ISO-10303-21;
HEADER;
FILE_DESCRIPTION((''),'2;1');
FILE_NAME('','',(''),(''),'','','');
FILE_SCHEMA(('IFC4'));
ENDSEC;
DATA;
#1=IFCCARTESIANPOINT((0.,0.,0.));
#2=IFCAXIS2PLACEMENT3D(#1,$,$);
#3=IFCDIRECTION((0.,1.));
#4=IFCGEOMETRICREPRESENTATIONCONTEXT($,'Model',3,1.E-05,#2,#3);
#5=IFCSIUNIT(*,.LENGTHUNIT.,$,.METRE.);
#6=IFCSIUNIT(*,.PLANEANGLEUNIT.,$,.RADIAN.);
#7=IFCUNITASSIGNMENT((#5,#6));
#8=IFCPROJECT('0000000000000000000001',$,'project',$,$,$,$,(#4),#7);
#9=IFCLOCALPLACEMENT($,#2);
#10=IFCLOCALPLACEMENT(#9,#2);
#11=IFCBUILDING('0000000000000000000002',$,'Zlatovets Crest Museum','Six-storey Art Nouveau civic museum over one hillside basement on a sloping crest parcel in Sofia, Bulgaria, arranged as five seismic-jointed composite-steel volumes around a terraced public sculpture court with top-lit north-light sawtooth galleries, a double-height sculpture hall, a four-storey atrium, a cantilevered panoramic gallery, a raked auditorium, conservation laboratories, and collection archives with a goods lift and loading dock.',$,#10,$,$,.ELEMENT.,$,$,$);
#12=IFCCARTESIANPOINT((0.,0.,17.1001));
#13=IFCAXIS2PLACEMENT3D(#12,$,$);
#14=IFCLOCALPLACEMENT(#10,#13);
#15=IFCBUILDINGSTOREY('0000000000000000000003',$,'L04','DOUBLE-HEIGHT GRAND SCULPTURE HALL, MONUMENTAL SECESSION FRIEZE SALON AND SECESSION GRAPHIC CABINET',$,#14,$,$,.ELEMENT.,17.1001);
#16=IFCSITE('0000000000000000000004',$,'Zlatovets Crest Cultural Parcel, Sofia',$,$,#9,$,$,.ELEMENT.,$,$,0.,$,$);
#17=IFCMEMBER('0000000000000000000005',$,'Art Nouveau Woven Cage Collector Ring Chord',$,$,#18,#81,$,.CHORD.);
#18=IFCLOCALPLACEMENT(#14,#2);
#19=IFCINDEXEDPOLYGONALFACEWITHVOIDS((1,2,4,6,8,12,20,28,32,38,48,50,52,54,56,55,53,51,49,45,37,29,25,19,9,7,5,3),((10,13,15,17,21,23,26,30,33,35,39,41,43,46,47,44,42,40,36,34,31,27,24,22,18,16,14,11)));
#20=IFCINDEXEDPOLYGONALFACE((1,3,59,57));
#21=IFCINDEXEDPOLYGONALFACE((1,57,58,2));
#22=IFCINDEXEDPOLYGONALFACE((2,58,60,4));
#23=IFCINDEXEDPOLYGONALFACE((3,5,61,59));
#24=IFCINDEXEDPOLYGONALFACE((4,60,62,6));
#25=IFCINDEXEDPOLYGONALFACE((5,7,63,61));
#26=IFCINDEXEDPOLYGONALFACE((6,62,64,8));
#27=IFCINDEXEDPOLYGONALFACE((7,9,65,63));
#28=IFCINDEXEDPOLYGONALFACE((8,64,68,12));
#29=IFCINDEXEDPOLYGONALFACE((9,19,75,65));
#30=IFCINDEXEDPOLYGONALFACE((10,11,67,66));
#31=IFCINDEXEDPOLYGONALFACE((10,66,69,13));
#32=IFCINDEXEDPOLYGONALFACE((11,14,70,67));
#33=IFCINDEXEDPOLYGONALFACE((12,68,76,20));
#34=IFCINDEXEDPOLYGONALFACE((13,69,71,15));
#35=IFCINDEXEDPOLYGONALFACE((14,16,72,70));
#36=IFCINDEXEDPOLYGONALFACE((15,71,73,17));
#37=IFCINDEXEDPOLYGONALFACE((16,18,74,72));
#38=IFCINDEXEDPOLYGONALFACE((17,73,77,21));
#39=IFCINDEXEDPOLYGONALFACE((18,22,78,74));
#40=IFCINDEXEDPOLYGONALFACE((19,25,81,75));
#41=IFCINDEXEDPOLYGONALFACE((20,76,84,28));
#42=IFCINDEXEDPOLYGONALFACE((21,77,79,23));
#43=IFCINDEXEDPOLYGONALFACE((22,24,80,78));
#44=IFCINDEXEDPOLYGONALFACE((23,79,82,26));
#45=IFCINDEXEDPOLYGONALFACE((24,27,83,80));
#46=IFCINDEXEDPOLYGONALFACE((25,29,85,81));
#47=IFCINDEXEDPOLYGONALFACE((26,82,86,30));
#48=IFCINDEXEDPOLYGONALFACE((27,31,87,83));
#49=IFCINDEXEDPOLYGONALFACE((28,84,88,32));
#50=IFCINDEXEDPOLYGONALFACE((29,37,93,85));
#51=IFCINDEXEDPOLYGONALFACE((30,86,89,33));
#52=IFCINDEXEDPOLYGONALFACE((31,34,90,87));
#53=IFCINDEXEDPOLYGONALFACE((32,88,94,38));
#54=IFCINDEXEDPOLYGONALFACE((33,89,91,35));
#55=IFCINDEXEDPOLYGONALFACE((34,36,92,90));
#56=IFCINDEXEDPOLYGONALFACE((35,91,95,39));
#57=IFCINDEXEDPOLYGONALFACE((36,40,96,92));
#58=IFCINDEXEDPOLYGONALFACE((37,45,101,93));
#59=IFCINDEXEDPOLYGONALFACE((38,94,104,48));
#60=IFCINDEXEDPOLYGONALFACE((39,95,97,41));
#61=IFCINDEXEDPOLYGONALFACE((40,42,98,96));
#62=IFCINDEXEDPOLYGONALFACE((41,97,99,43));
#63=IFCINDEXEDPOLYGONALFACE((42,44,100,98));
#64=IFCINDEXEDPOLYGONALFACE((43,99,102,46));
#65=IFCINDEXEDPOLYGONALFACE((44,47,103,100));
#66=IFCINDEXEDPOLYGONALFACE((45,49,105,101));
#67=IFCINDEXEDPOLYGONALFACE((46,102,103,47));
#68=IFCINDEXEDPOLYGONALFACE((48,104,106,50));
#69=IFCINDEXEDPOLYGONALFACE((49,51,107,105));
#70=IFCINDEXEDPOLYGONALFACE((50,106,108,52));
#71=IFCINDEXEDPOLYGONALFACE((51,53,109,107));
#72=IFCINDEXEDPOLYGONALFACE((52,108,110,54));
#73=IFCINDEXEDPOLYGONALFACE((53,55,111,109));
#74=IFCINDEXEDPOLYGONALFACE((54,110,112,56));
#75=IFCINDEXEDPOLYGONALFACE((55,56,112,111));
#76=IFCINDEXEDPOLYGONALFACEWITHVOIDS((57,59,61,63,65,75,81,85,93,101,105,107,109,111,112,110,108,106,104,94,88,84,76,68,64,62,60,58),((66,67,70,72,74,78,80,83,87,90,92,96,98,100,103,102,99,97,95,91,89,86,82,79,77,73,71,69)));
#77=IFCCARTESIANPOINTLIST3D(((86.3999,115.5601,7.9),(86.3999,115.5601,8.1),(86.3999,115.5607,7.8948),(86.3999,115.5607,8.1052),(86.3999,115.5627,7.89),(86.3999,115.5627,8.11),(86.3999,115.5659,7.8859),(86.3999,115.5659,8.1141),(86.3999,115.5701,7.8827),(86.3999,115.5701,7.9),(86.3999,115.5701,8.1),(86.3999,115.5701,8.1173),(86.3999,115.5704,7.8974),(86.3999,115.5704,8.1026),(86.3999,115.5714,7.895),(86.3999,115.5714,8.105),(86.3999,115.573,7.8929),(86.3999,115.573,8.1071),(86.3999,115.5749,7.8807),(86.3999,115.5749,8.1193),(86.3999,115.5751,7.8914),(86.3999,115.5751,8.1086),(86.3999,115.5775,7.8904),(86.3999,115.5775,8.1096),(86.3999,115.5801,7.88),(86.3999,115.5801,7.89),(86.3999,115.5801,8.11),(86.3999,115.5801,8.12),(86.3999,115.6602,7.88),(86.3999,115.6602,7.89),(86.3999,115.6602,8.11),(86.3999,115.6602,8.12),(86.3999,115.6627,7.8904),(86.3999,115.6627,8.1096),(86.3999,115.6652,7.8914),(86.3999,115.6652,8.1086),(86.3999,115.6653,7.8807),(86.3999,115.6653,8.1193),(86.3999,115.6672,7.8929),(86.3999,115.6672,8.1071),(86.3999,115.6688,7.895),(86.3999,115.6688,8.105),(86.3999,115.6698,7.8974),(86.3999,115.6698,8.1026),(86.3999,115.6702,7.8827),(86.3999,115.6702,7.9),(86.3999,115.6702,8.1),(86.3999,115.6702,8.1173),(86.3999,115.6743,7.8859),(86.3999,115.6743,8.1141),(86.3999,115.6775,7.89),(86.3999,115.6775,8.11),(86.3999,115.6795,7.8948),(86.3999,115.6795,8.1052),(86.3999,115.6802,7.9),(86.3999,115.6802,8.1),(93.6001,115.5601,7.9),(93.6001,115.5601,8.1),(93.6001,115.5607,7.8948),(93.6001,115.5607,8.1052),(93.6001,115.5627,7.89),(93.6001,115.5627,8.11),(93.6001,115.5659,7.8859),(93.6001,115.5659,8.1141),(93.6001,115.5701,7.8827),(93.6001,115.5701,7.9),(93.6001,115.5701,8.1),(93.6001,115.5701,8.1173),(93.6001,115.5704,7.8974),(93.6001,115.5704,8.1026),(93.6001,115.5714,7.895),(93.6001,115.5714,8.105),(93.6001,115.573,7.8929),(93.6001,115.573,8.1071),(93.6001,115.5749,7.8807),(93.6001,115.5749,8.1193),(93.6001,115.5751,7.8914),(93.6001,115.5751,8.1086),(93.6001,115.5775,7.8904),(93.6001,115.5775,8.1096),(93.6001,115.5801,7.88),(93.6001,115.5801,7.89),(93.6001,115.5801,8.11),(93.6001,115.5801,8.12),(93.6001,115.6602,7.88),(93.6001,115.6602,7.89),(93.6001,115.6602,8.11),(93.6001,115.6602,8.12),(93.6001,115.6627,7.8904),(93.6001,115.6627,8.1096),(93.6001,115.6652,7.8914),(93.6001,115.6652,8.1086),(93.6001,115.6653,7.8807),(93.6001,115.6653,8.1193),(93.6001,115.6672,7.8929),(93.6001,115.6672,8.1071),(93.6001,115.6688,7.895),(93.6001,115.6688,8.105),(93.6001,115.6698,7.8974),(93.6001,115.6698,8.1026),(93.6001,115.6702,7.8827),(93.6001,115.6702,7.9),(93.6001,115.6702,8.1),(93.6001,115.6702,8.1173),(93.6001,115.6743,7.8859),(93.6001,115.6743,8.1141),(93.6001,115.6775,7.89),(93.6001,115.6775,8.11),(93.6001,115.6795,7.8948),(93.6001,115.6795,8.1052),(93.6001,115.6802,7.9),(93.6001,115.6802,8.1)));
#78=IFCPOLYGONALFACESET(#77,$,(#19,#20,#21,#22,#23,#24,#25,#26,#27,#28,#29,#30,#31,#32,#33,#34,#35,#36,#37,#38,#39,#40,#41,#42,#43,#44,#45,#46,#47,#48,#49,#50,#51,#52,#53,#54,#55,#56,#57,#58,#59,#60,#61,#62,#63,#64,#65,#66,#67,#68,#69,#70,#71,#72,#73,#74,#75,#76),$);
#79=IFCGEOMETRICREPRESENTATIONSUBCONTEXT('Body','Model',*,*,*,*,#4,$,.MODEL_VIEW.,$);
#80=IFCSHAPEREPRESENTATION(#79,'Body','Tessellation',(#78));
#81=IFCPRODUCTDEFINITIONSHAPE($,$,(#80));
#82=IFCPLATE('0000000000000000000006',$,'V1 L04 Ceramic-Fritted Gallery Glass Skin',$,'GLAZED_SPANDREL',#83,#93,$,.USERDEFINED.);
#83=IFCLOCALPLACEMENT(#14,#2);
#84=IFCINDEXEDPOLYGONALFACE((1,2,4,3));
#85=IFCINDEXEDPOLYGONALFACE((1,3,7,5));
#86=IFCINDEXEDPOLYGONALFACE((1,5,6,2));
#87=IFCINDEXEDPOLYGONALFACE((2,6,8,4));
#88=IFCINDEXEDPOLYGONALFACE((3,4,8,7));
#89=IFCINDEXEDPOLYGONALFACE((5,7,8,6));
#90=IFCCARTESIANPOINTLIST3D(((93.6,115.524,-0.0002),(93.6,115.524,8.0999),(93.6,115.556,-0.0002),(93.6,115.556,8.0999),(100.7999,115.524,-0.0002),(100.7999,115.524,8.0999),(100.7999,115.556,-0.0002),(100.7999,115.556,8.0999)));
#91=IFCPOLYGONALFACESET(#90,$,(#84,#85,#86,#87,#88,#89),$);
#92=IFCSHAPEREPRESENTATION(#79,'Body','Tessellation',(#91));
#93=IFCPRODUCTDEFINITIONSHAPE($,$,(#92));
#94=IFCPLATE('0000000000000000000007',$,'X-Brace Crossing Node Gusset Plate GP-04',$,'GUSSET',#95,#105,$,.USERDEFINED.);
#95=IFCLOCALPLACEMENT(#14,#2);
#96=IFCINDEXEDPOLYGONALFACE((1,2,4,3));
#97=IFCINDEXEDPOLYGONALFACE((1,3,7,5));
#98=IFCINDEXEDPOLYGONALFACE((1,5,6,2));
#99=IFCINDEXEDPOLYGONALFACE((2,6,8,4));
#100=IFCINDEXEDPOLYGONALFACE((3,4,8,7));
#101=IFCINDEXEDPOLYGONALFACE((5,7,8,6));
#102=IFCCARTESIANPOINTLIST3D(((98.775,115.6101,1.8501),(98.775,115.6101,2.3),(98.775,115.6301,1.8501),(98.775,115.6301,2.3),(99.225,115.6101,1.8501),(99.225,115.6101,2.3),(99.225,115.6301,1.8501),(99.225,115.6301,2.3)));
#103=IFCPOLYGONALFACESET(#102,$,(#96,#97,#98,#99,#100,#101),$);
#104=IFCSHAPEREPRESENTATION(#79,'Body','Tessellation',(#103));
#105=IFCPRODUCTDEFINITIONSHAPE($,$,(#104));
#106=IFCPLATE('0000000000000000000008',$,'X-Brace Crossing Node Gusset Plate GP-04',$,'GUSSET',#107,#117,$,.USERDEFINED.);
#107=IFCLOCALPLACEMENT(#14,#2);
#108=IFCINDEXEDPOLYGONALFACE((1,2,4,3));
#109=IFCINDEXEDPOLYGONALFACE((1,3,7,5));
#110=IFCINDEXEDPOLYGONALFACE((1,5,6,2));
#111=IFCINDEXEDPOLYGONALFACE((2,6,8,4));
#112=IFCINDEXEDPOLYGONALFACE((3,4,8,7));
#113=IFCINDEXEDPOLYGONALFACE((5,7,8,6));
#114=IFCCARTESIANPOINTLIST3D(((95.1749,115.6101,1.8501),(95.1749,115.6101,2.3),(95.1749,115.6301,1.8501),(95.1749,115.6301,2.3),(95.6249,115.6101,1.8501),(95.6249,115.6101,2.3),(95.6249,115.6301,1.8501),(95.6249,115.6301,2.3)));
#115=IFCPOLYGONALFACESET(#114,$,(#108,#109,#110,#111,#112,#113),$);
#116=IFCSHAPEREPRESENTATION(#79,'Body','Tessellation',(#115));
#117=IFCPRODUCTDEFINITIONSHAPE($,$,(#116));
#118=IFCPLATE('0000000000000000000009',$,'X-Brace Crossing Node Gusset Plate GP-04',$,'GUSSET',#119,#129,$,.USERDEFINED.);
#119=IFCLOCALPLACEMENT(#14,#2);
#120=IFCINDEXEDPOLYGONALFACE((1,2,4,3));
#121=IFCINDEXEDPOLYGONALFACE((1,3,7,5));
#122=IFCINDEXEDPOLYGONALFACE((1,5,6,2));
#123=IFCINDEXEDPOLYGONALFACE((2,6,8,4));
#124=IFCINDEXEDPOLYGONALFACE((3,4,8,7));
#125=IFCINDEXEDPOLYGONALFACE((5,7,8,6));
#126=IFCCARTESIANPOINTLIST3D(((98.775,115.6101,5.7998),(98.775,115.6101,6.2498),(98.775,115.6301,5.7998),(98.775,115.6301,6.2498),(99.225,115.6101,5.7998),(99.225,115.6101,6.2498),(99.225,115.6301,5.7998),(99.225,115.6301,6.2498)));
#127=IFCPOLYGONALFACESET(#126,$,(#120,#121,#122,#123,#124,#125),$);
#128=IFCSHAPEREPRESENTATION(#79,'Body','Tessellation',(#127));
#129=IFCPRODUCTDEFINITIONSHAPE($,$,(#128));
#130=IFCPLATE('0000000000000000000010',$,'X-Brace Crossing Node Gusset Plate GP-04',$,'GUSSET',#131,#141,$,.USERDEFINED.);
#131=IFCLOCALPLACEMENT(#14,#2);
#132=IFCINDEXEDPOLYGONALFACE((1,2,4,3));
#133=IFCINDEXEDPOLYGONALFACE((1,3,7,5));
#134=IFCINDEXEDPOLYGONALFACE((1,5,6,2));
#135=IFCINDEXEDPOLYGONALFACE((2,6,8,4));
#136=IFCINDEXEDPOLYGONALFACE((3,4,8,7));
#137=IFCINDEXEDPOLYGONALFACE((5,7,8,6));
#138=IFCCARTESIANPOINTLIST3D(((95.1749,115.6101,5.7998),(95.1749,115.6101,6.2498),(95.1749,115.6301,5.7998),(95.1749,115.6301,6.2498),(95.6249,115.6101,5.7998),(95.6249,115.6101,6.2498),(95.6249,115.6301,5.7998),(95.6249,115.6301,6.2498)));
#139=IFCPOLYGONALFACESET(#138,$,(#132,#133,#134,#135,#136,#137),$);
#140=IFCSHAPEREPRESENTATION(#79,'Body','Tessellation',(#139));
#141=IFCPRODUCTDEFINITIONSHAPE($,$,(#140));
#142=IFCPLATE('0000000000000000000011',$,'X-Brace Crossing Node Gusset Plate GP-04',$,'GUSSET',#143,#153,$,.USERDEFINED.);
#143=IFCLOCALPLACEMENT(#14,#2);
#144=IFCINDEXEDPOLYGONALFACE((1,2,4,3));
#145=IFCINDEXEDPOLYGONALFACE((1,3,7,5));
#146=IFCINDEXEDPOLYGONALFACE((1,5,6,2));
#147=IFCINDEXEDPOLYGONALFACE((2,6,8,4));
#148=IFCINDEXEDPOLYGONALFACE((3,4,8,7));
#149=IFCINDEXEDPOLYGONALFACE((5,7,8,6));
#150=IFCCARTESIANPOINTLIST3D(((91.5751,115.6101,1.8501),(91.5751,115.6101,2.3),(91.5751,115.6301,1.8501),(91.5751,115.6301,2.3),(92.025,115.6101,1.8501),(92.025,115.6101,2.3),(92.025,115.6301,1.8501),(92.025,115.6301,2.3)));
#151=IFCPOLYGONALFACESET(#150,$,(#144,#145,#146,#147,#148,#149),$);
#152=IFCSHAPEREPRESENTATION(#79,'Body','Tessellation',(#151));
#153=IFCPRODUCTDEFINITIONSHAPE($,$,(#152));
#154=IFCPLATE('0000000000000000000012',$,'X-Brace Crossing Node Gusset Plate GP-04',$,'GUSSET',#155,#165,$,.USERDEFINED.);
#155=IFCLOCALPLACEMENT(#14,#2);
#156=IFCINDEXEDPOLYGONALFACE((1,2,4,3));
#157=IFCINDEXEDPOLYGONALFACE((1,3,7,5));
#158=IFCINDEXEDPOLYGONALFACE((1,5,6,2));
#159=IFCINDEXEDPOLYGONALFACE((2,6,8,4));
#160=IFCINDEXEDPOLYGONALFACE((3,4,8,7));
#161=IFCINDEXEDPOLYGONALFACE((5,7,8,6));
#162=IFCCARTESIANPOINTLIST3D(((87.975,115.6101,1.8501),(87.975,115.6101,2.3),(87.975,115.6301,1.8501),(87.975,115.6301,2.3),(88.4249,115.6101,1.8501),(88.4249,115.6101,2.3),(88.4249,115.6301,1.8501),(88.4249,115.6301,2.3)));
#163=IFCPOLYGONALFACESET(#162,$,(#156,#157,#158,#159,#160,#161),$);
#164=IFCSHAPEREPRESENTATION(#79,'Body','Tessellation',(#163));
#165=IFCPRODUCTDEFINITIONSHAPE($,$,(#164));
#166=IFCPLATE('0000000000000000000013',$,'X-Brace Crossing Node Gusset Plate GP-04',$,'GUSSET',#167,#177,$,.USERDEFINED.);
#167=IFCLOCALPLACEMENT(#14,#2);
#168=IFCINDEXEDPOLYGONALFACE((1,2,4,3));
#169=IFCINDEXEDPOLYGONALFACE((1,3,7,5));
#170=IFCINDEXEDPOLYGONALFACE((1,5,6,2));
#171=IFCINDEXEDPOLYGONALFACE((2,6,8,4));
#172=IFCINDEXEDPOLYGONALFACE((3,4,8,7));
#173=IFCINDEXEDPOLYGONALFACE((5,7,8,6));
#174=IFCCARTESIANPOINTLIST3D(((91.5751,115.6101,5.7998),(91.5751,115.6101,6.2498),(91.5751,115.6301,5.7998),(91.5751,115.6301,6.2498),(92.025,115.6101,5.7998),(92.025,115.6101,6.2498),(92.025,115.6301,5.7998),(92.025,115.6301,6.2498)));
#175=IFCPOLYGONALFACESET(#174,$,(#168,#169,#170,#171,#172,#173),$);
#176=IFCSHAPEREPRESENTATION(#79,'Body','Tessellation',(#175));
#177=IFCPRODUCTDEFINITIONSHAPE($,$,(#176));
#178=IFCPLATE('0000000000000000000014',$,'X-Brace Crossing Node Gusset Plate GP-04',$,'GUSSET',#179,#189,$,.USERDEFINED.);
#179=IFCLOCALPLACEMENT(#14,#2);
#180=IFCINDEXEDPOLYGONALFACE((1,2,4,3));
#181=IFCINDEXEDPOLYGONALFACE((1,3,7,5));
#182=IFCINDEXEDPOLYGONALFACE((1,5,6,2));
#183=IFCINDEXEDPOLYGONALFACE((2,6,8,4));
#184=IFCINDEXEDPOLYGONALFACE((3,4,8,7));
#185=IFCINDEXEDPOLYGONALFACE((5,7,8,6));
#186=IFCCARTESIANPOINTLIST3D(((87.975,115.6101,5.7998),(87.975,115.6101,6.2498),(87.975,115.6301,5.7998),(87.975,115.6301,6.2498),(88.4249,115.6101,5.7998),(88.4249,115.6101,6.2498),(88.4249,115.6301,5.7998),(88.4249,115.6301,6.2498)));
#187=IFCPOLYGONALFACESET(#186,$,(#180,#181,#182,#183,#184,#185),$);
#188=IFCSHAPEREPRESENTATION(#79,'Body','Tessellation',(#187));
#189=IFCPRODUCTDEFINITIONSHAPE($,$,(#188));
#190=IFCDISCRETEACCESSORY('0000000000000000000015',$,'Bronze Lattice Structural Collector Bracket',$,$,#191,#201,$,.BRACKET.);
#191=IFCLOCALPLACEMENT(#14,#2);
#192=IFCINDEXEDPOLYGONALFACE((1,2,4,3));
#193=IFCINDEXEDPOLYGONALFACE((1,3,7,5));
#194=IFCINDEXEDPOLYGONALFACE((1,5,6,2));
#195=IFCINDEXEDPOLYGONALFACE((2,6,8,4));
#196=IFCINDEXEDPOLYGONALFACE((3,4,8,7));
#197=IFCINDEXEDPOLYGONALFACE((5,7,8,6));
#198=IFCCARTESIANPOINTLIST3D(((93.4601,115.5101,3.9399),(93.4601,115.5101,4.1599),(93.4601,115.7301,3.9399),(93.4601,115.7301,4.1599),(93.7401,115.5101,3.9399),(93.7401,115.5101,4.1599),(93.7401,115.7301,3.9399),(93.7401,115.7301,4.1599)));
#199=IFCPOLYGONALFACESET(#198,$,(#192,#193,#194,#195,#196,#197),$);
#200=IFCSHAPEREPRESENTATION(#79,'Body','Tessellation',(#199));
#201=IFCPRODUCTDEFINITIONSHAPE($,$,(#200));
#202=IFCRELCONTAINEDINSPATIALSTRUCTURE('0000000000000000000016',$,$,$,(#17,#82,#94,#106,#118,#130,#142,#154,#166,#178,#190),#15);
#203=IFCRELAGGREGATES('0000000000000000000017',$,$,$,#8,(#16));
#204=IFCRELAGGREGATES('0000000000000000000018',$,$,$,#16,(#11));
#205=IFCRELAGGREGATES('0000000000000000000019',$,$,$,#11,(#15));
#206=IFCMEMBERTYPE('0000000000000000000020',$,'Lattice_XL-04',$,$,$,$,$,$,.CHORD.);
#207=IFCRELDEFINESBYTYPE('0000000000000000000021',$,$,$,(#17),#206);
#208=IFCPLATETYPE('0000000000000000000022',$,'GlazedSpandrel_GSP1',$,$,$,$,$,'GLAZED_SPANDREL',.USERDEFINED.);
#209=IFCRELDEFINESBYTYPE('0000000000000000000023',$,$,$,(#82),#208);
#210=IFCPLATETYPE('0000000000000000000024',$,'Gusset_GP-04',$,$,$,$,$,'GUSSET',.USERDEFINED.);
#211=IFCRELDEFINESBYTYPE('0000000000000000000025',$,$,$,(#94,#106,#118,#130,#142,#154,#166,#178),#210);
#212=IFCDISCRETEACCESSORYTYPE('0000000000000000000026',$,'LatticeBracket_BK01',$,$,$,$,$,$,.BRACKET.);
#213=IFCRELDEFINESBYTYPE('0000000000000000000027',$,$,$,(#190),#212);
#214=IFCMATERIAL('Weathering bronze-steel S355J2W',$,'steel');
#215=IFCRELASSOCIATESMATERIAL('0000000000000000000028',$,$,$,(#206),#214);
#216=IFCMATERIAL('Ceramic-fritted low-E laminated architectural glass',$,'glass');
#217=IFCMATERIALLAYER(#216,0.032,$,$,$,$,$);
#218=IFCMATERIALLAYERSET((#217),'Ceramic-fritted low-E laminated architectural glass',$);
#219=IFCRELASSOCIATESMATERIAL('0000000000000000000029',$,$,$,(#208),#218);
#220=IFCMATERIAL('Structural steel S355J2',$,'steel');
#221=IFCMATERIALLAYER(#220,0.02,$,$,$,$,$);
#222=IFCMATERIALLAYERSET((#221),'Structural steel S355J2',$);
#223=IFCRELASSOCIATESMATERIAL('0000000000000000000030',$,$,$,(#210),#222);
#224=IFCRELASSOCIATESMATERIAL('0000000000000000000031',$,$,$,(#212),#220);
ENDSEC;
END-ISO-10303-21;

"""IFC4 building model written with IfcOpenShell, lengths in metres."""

from ifc_helpers import new_model, si_unit, direction, frame, origin, origin_2d, place, context, subcontext, project, spatial, rectangle, hollow_rectangle, extrude, material, layer, layer_set, material_profile, profile_set, type_object, element, save


model = new_model("IFC4")

# Units and contexts
model_context = context("Model", 3, precision=1e-05, world=origin(), true_north=direction((0.0, 1.0)))
body_context = subcontext(model_context, "Body", "Model", "MODEL_VIEW")
ifc_project = project(units=[si_unit("LENGTHUNIT", "METRE"), si_unit("PLANEANGLEUNIT", "RADIAN")], contexts=[model_context])

# Site, building, storey
site_placement = place(None, origin())
site = spatial("IfcSite", under=ifc_project, at=site_placement, Name="Zlatovets Crest Cultural Parcel, Sofia", CompositionType="ELEMENT", RefElevation=0.0)
building_placement = place(site_placement, origin())
building = spatial("IfcBuilding", under=site, at=building_placement, Name="Zlatovets Crest Museum", Description="Six-storey Art Nouveau civic museum over one hillside basement on a sloping crest parcel in Sofia, Bulgaria, arranged as five seismic-jointed composite-steel volumes around a terraced public sculpture court with top-lit north-light sawtooth galleries, a double-height sculpture hall, a four-storey atrium, a cantilevered panoramic gallery, a raked auditorium, conservation laboratories, and collection archives with a goods lift and loading dock.", CompositionType="ELEMENT")
storey_placement = place(building_placement, frame((0.0, 0.0, 17.1001)))
storey = spatial("IfcBuildingStorey", under=building, at=storey_placement, Name="L04", Description="DOUBLE-HEIGHT GRAND SCULPTURE HALL, MONUMENTAL SECESSION FRIEZE SALON AND SECESSION GRAPHIC CABINET", CompositionType="ELEMENT", Elevation=17.1001)

# Member
ifc_material_1 = material(Name="Weathering bronze-steel S355J2W", Category="steel")
ifc_material_profile_1 = material_profile(ifc_material_1, hollow_rectangle(XDim=0.1201, YDim=0.24, WallThickness=0.01, InnerFilletRadius=0.01, OuterFilletRadius=0.02, at=origin_2d()), Name="RHS 120x240x10.0")
ifc_profile_set_1 = profile_set([ifc_material_profile_1], Name="Weathering bronze-steel S355J2W")
member_type_1 = type_object("IfcMemberType", Name="Lattice_XL-04", PredefinedType="CHORD", material=ifc_profile_set_1)
member_1_placement = place(storey_placement, frame((93.6001, 115.6201, 8.0), z_axis=(-1.0, 0.0, 0.0), x_axis=(0.0, -1.0, 0.0)))
element("IfcMember", 1, at=member_1_placement, inside=storey, type_object=member_type_1, Name="Art Nouveau Woven Cage Collector Ring Chord", PredefinedType="CHORD", context=body_context, shape_type="SweptSolid", body=[
    extrude(hollow_rectangle(XDim=0.1201, YDim=0.24, WallThickness=0.01, InnerFilletRadius=0.01, OuterFilletRadius=0.02, at=origin_2d()), origin(), (0.0, 0.0, 1.0), 7.2002),
])

# Plates
ifc_material_2 = material(Name="Ceramic-fritted low-E laminated architectural glass", Category="glass")
ifc_layer_1 = layer(ifc_material_2, 0.032)
ifc_layer_set_1 = layer_set([ifc_layer_1], Name="Ceramic-fritted low-E laminated architectural glass")
plate_type_1 = type_object("IfcPlateType", Name="GlazedSpandrel_GSP1", ElementType="GLAZED_SPANDREL", PredefinedType="USERDEFINED", material=ifc_layer_set_1)
plate_placement = place(storey_placement, frame((97.2, 115.54, -0.0002), z_axis=(0.0, 0.0, 1.0), x_axis=(1.0, 0.0, 0.0)))
element("IfcPlate", 2, at=plate_placement, inside=storey, type_object=plate_type_1, Name="V1 L04 Ceramic-Fritted Gallery Glass Skin", ObjectType="GLAZED_SPANDREL", PredefinedType="USERDEFINED", context=body_context, shape_type="SweptSolid", body=[
    extrude(rectangle(XDim=7.2, YDim=0.032, at=origin_2d()), origin(), (0.0, 0.0, 1.0), 8.1001),
])
ifc_material_3 = material(Name="Structural steel S355J2", Category="steel")
ifc_layer_2 = layer(ifc_material_3, 0.02)
ifc_layer_set_2 = layer_set([ifc_layer_2], Name="Structural steel S355J2")
plate_type_2 = type_object("IfcPlateType", Name="Gusset_GP-04", ElementType="GUSSET", PredefinedType="USERDEFINED", material=ifc_layer_set_2)
for number, where, z_axis, x_axis, name in (
    (3, (99.0, 115.6201, 1.8501), (0.0, 0.0, 1.0), (1.0, 0.0, 0.0), "X-Brace Crossing Node Gusset Plate GP-04"),
    (4, (95.3999, 115.6201, 1.8501), (0.0, 0.0, 1.0), (1.0, 0.0, 0.0), "X-Brace Crossing Node Gusset Plate GP-04"),
    (5, (99.0, 115.6201, 5.7998), (0.0, 0.0, 1.0), (1.0, 0.0, 0.0), "X-Brace Crossing Node Gusset Plate GP-04"),
    (6, (95.3999, 115.6201, 5.7998), (0.0, 0.0, 1.0), (1.0, 0.0, 0.0), "X-Brace Crossing Node Gusset Plate GP-04"),
    (7, (91.8, 115.6201, 1.8501), (0.0, 0.0, 1.0), (1.0, 0.0, 0.0), "X-Brace Crossing Node Gusset Plate GP-04"),
    (8, (88.2, 115.6201, 1.8501), (0.0, 0.0, 1.0), (1.0, 0.0, 0.0), "X-Brace Crossing Node Gusset Plate GP-04"),
    (9, (91.8, 115.6201, 5.7998), (0.0, 0.0, 1.0), (1.0, 0.0, 0.0), "X-Brace Crossing Node Gusset Plate GP-04"),
    (10, (88.2, 115.6201, 5.7998), (0.0, 0.0, 1.0), (1.0, 0.0, 0.0), "X-Brace Crossing Node Gusset Plate GP-04"),
):
    element("IfcPlate", number, at=place(storey_placement, frame(where, z_axis=z_axis, x_axis=x_axis)), inside=storey, type_object=plate_type_2, Name=name, ObjectType="GUSSET", PredefinedType="USERDEFINED", context=body_context, shape_type="SweptSolid", body=[
        extrude(rectangle(XDim=0.45, YDim=0.02, at=origin_2d()), origin(), (0.0, 0.0, 1.0), 0.45),
    ])

# Discrete accessory
discrete_accessory_type = type_object("IfcDiscreteAccessoryType", Name="LatticeBracket_BK01", PredefinedType="BRACKET", material=ifc_material_3)
discrete_accessory_placement = place(storey_placement, frame((93.6001, 115.6201, 3.9399), z_axis=(0.0, 0.0, 1.0), x_axis=(1.0, 0.0, 0.0)))
element("IfcDiscreteAccessory", 11, at=discrete_accessory_placement, inside=storey, type_object=discrete_accessory_type, Name="Bronze Lattice Structural Collector Bracket", PredefinedType="BRACKET", context=body_context, shape_type="SweptSolid", body=[
    extrude(rectangle(XDim=0.28, YDim=0.22, at=origin_2d()), origin(), (0.0, 0.0, 1.0), 0.22),
])

save(model, "model.ifc")
